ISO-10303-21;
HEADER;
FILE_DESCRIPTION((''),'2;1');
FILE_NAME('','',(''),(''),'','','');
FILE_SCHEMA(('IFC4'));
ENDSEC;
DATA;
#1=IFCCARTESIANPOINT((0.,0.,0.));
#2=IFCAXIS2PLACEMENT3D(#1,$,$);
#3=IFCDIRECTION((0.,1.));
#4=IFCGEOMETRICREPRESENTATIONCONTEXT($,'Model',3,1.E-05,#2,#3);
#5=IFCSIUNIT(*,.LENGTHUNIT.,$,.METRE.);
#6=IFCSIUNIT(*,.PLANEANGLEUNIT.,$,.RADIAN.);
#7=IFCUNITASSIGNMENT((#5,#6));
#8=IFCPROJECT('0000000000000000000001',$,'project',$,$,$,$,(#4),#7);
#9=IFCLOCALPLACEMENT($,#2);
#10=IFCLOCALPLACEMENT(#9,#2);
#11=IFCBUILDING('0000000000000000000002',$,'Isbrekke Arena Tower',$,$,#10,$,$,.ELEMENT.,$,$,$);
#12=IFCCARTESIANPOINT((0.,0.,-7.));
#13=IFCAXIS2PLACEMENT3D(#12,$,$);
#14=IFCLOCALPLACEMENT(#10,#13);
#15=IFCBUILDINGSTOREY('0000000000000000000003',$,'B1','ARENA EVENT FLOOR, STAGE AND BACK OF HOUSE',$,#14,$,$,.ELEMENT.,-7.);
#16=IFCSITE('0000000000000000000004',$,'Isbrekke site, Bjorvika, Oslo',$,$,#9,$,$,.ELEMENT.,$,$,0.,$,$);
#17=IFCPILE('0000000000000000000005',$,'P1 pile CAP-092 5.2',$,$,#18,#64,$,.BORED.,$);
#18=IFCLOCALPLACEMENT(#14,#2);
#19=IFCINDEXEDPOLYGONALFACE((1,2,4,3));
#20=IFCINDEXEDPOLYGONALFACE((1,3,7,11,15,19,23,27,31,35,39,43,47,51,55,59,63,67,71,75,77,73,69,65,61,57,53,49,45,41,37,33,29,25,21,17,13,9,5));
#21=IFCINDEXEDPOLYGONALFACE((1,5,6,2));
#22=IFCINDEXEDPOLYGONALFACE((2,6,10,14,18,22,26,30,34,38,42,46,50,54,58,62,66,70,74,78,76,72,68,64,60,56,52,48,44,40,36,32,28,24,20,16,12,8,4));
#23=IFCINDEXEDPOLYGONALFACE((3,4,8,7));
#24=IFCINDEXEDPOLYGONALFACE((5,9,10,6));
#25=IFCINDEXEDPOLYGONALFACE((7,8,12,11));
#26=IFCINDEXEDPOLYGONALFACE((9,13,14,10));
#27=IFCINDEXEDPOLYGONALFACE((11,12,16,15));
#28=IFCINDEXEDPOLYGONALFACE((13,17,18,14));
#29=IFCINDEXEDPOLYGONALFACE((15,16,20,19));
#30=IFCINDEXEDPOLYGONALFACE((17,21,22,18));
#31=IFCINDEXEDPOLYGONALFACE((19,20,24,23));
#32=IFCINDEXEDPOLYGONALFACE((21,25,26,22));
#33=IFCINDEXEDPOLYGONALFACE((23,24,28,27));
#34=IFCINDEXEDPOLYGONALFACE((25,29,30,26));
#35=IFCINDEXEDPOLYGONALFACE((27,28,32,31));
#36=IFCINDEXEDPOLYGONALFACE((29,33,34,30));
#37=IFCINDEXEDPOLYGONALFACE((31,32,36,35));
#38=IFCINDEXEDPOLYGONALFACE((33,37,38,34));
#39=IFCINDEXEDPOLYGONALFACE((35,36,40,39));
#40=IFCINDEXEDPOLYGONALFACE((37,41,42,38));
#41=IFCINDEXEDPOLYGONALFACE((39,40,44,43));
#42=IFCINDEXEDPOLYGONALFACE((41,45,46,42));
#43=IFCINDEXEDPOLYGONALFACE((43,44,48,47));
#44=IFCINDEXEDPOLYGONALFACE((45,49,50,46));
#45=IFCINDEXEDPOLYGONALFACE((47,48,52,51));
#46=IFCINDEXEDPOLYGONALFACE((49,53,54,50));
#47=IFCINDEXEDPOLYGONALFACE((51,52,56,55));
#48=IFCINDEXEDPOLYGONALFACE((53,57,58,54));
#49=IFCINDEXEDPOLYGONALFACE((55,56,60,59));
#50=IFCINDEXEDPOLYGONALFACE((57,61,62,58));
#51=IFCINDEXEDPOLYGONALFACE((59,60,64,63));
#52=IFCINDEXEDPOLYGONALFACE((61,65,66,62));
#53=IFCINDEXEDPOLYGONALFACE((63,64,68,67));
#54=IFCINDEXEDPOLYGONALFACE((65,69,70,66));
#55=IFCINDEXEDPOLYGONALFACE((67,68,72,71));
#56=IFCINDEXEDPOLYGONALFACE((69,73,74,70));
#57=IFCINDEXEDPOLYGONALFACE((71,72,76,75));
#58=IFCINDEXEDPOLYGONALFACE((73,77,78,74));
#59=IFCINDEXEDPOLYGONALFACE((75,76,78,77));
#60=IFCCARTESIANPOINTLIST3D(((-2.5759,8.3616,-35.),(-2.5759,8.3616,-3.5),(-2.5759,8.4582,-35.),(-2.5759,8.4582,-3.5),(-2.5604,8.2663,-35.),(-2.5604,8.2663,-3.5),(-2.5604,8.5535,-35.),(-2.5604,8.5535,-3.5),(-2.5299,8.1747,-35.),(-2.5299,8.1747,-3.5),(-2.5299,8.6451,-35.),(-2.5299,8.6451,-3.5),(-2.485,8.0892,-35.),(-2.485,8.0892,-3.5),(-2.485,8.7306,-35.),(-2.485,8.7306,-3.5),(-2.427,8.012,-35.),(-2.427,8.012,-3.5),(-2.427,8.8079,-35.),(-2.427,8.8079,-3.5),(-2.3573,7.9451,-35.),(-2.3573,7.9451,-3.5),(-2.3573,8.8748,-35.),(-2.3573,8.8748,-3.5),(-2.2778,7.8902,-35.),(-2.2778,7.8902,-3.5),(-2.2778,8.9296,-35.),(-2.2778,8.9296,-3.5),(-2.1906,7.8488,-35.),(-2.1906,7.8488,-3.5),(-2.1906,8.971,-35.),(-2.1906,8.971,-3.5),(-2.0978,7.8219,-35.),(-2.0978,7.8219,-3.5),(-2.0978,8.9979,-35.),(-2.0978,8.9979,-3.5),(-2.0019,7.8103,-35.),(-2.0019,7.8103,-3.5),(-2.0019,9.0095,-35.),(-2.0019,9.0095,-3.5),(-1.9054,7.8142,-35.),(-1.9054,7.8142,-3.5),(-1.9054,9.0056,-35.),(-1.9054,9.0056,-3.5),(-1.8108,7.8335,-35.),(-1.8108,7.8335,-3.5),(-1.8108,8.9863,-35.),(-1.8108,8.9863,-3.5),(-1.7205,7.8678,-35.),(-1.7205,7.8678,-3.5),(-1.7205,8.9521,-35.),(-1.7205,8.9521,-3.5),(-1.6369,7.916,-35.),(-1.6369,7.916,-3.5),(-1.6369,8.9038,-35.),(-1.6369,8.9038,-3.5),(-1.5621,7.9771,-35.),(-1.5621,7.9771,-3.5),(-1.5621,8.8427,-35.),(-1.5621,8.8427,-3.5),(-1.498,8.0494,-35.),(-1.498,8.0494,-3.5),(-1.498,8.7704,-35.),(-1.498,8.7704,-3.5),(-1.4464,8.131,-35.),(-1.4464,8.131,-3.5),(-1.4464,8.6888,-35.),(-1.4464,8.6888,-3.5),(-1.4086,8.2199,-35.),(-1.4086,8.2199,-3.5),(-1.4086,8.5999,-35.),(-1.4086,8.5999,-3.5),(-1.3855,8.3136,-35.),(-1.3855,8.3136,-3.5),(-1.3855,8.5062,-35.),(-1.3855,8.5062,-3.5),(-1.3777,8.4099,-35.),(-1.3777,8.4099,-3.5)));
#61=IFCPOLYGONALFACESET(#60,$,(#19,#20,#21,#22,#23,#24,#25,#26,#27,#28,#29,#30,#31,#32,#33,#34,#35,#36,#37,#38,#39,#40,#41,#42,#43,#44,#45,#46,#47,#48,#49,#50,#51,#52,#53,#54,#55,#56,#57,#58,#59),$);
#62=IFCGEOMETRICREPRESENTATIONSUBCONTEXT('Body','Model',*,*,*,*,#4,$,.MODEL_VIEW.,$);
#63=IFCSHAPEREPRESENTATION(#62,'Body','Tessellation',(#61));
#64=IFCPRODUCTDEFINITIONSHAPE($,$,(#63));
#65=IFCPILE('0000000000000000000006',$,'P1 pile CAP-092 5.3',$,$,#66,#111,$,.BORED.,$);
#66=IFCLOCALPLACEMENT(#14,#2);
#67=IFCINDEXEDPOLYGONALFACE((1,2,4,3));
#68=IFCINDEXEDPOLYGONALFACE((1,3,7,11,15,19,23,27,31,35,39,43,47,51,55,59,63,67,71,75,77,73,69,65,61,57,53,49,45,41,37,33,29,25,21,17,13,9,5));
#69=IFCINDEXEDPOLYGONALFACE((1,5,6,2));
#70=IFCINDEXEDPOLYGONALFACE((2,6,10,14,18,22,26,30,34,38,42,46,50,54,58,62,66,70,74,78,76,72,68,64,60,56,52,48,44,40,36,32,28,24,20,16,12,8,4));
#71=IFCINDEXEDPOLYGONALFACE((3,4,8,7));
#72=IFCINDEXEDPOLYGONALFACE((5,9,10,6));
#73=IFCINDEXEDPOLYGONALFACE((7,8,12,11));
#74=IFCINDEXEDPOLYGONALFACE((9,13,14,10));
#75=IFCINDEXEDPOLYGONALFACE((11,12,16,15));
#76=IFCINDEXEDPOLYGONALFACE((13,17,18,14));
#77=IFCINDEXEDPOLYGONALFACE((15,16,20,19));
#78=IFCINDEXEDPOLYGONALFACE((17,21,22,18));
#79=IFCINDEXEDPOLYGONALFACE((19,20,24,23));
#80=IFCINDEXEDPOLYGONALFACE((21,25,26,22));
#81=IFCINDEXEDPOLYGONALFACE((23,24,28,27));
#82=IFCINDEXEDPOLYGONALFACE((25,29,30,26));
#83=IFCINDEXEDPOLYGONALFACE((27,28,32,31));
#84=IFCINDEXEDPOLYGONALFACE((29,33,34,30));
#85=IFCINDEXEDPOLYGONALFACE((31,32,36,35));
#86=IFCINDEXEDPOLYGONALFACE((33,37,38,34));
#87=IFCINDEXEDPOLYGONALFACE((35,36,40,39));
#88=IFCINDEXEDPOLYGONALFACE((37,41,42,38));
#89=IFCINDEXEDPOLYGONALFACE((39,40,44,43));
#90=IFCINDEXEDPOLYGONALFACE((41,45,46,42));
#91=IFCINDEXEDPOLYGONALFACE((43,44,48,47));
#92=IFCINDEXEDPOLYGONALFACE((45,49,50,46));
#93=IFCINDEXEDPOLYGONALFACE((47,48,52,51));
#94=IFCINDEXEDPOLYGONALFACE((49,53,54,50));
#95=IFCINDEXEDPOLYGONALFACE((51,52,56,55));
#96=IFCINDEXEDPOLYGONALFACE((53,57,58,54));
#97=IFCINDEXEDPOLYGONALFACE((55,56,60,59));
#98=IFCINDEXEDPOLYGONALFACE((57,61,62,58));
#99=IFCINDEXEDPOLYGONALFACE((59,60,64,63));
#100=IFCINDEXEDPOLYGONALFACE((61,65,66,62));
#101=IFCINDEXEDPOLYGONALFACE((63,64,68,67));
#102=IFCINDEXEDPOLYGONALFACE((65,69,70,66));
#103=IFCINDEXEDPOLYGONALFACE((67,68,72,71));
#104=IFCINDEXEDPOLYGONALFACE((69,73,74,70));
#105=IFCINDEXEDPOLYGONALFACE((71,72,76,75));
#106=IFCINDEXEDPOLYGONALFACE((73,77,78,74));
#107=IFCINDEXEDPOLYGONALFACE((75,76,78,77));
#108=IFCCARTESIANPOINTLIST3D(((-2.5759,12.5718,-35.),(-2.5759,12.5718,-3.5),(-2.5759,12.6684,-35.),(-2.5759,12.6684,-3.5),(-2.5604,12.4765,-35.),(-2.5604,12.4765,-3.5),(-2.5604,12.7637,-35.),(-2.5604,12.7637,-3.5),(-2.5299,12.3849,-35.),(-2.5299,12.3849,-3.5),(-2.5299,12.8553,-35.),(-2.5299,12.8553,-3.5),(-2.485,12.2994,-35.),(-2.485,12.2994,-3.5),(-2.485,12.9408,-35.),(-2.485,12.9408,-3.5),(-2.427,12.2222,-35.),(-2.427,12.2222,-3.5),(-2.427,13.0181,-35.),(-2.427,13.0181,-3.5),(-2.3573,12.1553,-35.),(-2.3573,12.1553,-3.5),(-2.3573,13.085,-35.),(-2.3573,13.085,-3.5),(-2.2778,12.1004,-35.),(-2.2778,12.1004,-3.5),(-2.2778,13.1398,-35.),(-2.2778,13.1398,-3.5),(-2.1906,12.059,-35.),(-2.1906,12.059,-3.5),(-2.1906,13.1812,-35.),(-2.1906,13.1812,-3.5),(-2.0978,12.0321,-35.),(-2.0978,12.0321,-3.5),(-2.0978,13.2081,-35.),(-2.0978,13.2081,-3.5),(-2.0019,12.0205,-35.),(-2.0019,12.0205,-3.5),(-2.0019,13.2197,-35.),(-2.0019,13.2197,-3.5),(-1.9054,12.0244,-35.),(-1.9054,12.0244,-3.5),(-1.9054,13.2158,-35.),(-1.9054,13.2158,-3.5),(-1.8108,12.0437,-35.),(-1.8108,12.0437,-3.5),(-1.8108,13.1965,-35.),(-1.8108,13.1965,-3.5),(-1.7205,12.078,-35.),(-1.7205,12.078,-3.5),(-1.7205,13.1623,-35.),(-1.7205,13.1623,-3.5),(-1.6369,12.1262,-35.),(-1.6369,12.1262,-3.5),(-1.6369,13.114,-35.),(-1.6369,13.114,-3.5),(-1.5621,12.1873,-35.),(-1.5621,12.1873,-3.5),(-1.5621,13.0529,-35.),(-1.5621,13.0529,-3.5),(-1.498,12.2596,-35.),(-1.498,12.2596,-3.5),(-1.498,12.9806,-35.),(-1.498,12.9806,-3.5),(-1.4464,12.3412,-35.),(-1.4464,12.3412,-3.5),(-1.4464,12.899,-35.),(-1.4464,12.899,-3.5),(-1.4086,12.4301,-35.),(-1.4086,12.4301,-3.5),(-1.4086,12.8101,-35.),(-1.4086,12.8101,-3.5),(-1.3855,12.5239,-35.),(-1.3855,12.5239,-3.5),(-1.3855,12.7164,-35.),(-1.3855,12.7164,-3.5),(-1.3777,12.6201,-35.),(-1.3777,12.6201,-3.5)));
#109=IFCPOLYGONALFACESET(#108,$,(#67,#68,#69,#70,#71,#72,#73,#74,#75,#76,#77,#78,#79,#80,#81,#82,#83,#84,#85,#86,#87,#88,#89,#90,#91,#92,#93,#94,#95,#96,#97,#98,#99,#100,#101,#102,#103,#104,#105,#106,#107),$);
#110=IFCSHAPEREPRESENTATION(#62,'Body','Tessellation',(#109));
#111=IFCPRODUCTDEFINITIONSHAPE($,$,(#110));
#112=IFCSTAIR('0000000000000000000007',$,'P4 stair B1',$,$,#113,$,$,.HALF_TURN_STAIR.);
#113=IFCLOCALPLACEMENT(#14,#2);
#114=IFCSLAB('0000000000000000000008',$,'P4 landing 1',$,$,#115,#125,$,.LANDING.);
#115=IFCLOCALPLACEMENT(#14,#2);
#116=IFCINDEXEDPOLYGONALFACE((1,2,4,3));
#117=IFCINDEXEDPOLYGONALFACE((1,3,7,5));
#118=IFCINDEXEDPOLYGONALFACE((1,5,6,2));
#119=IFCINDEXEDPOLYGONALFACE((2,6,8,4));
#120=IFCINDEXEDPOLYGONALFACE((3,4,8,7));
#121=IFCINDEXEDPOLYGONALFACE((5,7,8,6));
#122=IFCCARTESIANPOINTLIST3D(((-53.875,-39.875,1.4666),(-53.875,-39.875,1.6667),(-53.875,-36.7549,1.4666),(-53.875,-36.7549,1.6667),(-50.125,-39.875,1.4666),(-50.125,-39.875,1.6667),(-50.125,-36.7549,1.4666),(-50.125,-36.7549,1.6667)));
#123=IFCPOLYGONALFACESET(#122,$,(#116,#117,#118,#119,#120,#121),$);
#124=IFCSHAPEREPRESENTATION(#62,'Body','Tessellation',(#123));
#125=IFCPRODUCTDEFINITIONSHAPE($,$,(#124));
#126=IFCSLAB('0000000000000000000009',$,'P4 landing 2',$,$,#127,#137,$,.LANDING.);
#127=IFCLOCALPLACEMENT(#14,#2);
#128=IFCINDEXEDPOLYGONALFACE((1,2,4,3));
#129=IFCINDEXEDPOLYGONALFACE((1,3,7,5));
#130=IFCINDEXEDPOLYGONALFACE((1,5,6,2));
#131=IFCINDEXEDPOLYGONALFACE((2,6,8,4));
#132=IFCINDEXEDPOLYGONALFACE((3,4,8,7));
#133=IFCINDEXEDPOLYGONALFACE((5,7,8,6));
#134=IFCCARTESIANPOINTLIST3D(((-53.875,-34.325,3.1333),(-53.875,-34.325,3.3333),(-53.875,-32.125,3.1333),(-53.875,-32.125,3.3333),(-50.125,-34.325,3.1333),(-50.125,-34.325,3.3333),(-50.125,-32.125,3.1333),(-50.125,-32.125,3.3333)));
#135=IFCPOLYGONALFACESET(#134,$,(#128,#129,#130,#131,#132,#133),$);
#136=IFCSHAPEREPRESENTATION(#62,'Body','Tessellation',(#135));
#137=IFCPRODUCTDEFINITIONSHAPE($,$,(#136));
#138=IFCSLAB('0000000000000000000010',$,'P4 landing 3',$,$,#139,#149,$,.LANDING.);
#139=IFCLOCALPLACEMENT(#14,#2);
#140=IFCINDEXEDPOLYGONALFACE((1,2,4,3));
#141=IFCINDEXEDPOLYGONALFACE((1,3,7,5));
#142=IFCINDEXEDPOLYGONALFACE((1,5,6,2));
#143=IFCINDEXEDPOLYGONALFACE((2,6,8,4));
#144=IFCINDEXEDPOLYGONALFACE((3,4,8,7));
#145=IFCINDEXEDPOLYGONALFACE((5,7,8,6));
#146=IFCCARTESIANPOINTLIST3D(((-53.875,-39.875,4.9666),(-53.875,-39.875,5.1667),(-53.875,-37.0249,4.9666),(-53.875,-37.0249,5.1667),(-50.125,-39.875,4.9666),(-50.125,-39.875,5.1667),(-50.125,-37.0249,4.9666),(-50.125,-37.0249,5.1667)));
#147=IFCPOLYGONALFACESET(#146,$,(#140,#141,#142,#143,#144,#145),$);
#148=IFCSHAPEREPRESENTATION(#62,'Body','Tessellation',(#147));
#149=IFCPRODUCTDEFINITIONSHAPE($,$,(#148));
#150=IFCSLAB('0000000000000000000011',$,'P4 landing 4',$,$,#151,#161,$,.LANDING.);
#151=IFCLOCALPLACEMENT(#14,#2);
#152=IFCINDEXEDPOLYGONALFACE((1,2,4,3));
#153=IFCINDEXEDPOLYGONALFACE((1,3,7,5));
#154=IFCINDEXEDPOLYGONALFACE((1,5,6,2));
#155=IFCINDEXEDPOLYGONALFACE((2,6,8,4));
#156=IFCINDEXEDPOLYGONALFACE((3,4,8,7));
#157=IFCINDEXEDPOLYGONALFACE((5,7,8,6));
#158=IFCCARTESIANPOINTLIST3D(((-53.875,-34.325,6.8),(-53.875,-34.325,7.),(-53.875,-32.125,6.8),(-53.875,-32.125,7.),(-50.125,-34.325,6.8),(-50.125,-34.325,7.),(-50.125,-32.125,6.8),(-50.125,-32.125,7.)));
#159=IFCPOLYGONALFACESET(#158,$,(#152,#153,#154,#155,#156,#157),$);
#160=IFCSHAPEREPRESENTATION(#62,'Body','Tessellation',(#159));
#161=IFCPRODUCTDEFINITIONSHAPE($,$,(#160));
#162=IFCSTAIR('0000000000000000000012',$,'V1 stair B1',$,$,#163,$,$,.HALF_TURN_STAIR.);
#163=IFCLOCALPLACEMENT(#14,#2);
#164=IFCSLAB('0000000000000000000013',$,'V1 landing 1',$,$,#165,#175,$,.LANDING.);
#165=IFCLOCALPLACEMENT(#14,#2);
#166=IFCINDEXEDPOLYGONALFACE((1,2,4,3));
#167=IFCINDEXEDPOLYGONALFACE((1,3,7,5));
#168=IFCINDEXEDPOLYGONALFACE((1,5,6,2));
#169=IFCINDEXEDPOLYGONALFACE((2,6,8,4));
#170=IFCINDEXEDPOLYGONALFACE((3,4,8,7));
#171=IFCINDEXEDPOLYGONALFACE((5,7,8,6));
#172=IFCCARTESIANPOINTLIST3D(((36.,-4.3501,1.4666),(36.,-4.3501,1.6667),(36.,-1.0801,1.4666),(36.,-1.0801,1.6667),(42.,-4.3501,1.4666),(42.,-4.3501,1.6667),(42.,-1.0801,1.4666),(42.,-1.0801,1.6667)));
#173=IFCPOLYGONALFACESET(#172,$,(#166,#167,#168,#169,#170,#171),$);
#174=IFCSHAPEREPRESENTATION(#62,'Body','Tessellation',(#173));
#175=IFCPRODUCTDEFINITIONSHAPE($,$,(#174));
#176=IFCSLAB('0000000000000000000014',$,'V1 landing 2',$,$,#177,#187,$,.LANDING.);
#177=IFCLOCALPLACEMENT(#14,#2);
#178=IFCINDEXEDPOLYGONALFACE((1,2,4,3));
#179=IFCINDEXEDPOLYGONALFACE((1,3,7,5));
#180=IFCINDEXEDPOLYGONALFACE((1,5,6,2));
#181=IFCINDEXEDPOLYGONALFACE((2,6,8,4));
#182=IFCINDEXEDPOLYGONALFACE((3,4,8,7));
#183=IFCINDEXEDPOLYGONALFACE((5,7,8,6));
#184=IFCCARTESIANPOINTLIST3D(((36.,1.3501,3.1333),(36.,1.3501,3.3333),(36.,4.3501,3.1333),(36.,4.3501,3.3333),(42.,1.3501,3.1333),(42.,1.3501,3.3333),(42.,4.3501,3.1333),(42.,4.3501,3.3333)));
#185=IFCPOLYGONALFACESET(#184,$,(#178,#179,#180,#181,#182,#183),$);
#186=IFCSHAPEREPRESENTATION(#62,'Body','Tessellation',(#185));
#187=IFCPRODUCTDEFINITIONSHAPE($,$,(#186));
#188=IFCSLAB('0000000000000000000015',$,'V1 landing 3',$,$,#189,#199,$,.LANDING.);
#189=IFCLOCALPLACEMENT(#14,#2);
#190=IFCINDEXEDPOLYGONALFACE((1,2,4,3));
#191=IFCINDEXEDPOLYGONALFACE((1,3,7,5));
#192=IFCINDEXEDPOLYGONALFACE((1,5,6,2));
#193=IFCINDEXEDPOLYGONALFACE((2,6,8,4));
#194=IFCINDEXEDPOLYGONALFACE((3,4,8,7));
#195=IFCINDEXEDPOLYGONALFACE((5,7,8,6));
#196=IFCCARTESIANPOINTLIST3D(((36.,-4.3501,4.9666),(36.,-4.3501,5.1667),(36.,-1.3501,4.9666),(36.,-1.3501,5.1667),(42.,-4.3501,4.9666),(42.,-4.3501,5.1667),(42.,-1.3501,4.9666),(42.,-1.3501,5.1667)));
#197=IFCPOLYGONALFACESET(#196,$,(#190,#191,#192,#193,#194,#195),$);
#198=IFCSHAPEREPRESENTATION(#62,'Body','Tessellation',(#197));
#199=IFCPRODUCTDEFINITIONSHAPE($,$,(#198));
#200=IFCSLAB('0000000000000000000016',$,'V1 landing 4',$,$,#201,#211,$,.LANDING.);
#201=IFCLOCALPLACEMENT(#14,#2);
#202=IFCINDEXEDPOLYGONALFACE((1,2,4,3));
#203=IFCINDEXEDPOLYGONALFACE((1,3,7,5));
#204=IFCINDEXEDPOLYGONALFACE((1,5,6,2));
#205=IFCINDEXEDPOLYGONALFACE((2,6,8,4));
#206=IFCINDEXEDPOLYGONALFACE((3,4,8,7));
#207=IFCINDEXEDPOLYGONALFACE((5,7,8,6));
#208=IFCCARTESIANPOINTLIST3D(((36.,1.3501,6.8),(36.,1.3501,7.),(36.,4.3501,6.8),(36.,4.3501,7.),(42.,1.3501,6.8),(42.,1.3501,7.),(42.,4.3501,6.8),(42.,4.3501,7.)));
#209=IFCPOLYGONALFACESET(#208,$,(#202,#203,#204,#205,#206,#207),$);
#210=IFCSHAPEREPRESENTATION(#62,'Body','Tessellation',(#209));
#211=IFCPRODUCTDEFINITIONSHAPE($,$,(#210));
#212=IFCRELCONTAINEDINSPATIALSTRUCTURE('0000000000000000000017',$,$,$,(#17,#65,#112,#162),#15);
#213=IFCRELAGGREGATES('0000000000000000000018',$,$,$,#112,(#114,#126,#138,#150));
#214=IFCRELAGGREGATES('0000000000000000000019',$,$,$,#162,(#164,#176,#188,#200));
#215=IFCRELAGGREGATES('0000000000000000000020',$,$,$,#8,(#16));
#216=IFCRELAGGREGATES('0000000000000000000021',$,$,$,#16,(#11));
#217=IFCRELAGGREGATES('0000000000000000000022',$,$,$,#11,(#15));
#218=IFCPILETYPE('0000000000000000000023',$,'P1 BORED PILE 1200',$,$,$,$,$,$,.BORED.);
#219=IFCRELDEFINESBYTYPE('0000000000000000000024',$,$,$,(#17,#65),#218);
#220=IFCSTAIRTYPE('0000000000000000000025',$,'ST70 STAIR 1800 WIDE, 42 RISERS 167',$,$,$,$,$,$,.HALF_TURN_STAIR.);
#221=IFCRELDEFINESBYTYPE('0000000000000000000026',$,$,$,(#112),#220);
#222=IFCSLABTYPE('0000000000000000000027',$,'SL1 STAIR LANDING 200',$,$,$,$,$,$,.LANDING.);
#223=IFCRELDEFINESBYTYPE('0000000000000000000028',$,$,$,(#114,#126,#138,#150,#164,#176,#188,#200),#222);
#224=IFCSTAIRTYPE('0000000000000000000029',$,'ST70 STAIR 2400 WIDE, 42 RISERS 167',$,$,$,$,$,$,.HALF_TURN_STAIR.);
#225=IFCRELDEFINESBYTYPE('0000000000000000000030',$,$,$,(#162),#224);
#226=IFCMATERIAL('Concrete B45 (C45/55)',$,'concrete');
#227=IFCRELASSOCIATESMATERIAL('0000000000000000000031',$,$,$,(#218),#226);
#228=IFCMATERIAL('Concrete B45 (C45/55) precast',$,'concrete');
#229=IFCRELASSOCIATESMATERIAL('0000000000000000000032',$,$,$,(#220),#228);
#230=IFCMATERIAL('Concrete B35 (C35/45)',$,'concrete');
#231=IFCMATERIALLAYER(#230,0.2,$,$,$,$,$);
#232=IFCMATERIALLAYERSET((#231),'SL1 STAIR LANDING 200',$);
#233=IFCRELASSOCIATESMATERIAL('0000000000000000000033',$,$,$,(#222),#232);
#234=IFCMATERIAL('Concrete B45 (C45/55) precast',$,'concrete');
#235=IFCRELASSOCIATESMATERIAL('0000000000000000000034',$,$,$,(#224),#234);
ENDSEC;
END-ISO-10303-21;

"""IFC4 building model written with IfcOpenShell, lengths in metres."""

from ifc_helpers import new_model, si_unit, direction, frame, origin, origin_2d, place, context, subcontext, project, spatial, polyline, circle, outline, extrude, material, layer, layer_set, material_profile, profile_set, type_object, element, aggregate, save


model = new_model("IFC4")

# Units and contexts
model_context = context("Model", 3, precision=1e-05, world=origin(), true_north=direction((0.0, 1.0)))
body_context = subcontext(model_context, "Body", "Model", "MODEL_VIEW")
ifc_project = project(units=[si_unit("LENGTHUNIT", "METRE"), si_unit("PLANEANGLEUNIT", "RADIAN")], contexts=[model_context])

# Site, building, storey
site_placement = place(None, origin())
site = spatial("IfcSite", under=ifc_project, at=site_placement, Name="Isbrekke site, Bjorvika, Oslo", CompositionType="ELEMENT", RefElevation=0.0)
building_placement = place(site_placement, origin())
building = spatial("IfcBuilding", under=site, at=building_placement, Name="Isbrekke Arena Tower", CompositionType="ELEMENT")
storey_placement = place(building_placement, frame((0.0, 0.0, -7.0)))
storey = spatial("IfcBuildingStorey", under=building, at=storey_placement, Name="B1", Description="ARENA EVENT FLOOR, STAGE AND BACK OF HOUSE", CompositionType="ELEMENT", Elevation=-7.0)

# Piles
ifc_material_1 = material(Name="Concrete B45 (C45/55)", Category="concrete")
ifc_material_profile = material_profile(ifc_material_1, circle(Radius=0.6001, at=origin_2d()), Name="BORED PILE D1200")
ifc_profile_set = profile_set([ifc_material_profile], Name="Concrete B45 (C45/55)")
pile_type = type_object("IfcPileType", Name="P1 BORED PILE 1200", PredefinedType="BORED", material=ifc_profile_set)
for number, where, z_axis, x_axis, name in (
    (1, (-1.9778, 8.4099, -3.5), (0.0, 0.0, -1.0), (1.0, 0.0, 0.0), "P1 pile CAP-092 5.2"),
    (2, (-1.9778, 12.6201, -3.5), (0.0, 0.0, -1.0), (1.0, 0.0, 0.0), "P1 pile CAP-092 5.3"),
):
    element("IfcPile", number, at=place(storey_placement, frame(where, z_axis=z_axis, x_axis=x_axis)), inside=storey, type_object=pile_type, Name=name, PredefinedType="BORED", context=body_context, shape_type="SweptSolid", body=[
        extrude(circle(Radius=0.6001, at=origin_2d()), origin(), (0.0, 0.0, 1.0), 31.5),
    ])

# Stairs, slabs
ifc_material_2 = material(Name="Concrete B45 (C45/55) precast", Category="concrete")
stair_type_1 = type_object("IfcStairType", Name="ST70 STAIR 1800 WIDE, 42 RISERS 167", PredefinedType="HALF_TURN_STAIR", material=ifc_material_2)
stair_1_placement = place(storey_placement, origin())
stair_1 = element("IfcStair", 3, at=stair_1_placement, inside=storey, type_object=stair_type_1, Name="P4 stair B1", PredefinedType="HALF_TURN_STAIR")
ifc_material_3 = material(Name="Concrete B35 (C35/45)", Category="concrete")
ifc_layer = layer(ifc_material_3, 0.2)
ifc_layer_set = layer_set([ifc_layer], Name="SL1 STAIR LANDING 200")
slab_type = type_object("IfcSlabType", Name="SL1 STAIR LANDING 200", PredefinedType="LANDING", material=ifc_layer_set)
slab_1_placement = place(storey_placement, frame((0.0, 0.0, 1.4666)))
slab_1 = element("IfcSlab", 4, at=slab_1_placement, type_object=slab_type, Name="P4 landing 1", PredefinedType="LANDING", context=body_context, shape_type="SweptSolid", body=[
    extrude(outline(polyline([(-53.875, -39.875), (-50.125, -39.875), (-50.125, -36.7549), (-53.875, -36.7549), (-53.875, -39.875)])), origin(), (0.0, 0.0, 1.0), 0.2002),
])
slab_2_placement = place(storey_placement, frame((0.0, 0.0, 3.1333)))
slab_2 = element("IfcSlab", 5, at=slab_2_placement, type_object=slab_type, Name="P4 landing 2", PredefinedType="LANDING", context=body_context, shape_type="SweptSolid", body=[
    extrude(outline(polyline([(-53.875, -34.325), (-50.125, -34.325), (-50.125, -32.125), (-53.875, -32.125), (-53.875, -34.325)])), origin(), (0.0, 0.0, 1.0), 0.2),
])
slab_3_placement = place(storey_placement, frame((0.0, 0.0, 4.9666)))
slab_3 = element("IfcSlab", 6, at=slab_3_placement, type_object=slab_type, Name="P4 landing 3", PredefinedType="LANDING", context=body_context, shape_type="SweptSolid", body=[
    extrude(outline(polyline([(-53.875, -39.875), (-50.125, -39.875), (-50.125, -37.0249), (-53.875, -37.0249), (-53.875, -39.875)])), origin(), (0.0, 0.0, 1.0), 0.2002),
])
slab_4_placement = place(storey_placement, frame((0.0, 0.0, 6.8)))
slab_4 = element("IfcSlab", 7, at=slab_4_placement, type_object=slab_type, Name="P4 landing 4", PredefinedType="LANDING", context=body_context, shape_type="SweptSolid", body=[
    extrude(outline(polyline([(-53.875, -34.325), (-50.125, -34.325), (-50.125, -32.125), (-53.875, -32.125), (-53.875, -34.325)])), origin(), (0.0, 0.0, 1.0), 0.2),
])
aggregate(stair_1, [slab_1, slab_2, slab_3, slab_4])
ifc_material_4 = material(Name="Concrete B45 (C45/55) precast", Category="concrete")
stair_type_2 = type_object("IfcStairType", Name="ST70 STAIR 2400 WIDE, 42 RISERS 167", PredefinedType="HALF_TURN_STAIR", material=ifc_material_4)
stair_2_placement = place(storey_placement, origin())
stair_2 = element("IfcStair", 8, at=stair_2_placement, inside=storey, type_object=stair_type_2, Name="V1 stair B1", PredefinedType="HALF_TURN_STAIR")
slab_5_placement = place(storey_placement, frame((0.0, 0.0, 1.4666)))
slab_5 = element("IfcSlab", 9, at=slab_5_placement, type_object=slab_type, Name="V1 landing 1", PredefinedType="LANDING", context=body_context, shape_type="SweptSolid", body=[
    extrude(outline(polyline([(36.0, -4.3501), (42.0, -4.3501), (42.0, -1.0801), (36.0, -1.0801), (36.0, -4.3501)])), origin(), (0.0, 0.0, 1.0), 0.2002),
])
slab_6_placement = place(storey_placement, frame((0.0, 0.0, 3.1333)))
slab_6 = element("IfcSlab", 10, at=slab_6_placement, type_object=slab_type, Name="V1 landing 2", PredefinedType="LANDING", context=body_context, shape_type="SweptSolid", body=[
    extrude(outline(polyline([(36.0, 1.3501), (42.0, 1.3501), (42.0, 4.3501), (36.0, 4.3501), (36.0, 1.3501)])), origin(), (0.0, 0.0, 1.0), 0.2),
])
slab_7_placement = place(storey_placement, frame((0.0, 0.0, 4.9666)))
slab_7 = element("IfcSlab", 11, at=slab_7_placement, type_object=slab_type, Name="V1 landing 3", PredefinedType="LANDING", context=body_context, shape_type="SweptSolid", body=[
    extrude(outline(polyline([(36.0, -4.3501), (42.0, -4.3501), (42.0, -1.3501), (36.0, -1.3501), (36.0, -4.3501)])), origin(), (0.0, 0.0, 1.0), 0.2002),
])
slab_8_placement = place(storey_placement, frame((0.0, 0.0, 6.8)))
slab_8 = element("IfcSlab", 12, at=slab_8_placement, type_object=slab_type, Name="V1 landing 4", PredefinedType="LANDING", context=body_context, shape_type="SweptSolid", body=[
    extrude(outline(polyline([(36.0, 1.3501), (42.0, 1.3501), (42.0, 4.3501), (36.0, 4.3501), (36.0, 1.3501)])), origin(), (0.0, 0.0, 1.0), 0.2),
])
aggregate(stair_2, [slab_5, slab_6, slab_7, slab_8])

save(model, "model.ifc")
